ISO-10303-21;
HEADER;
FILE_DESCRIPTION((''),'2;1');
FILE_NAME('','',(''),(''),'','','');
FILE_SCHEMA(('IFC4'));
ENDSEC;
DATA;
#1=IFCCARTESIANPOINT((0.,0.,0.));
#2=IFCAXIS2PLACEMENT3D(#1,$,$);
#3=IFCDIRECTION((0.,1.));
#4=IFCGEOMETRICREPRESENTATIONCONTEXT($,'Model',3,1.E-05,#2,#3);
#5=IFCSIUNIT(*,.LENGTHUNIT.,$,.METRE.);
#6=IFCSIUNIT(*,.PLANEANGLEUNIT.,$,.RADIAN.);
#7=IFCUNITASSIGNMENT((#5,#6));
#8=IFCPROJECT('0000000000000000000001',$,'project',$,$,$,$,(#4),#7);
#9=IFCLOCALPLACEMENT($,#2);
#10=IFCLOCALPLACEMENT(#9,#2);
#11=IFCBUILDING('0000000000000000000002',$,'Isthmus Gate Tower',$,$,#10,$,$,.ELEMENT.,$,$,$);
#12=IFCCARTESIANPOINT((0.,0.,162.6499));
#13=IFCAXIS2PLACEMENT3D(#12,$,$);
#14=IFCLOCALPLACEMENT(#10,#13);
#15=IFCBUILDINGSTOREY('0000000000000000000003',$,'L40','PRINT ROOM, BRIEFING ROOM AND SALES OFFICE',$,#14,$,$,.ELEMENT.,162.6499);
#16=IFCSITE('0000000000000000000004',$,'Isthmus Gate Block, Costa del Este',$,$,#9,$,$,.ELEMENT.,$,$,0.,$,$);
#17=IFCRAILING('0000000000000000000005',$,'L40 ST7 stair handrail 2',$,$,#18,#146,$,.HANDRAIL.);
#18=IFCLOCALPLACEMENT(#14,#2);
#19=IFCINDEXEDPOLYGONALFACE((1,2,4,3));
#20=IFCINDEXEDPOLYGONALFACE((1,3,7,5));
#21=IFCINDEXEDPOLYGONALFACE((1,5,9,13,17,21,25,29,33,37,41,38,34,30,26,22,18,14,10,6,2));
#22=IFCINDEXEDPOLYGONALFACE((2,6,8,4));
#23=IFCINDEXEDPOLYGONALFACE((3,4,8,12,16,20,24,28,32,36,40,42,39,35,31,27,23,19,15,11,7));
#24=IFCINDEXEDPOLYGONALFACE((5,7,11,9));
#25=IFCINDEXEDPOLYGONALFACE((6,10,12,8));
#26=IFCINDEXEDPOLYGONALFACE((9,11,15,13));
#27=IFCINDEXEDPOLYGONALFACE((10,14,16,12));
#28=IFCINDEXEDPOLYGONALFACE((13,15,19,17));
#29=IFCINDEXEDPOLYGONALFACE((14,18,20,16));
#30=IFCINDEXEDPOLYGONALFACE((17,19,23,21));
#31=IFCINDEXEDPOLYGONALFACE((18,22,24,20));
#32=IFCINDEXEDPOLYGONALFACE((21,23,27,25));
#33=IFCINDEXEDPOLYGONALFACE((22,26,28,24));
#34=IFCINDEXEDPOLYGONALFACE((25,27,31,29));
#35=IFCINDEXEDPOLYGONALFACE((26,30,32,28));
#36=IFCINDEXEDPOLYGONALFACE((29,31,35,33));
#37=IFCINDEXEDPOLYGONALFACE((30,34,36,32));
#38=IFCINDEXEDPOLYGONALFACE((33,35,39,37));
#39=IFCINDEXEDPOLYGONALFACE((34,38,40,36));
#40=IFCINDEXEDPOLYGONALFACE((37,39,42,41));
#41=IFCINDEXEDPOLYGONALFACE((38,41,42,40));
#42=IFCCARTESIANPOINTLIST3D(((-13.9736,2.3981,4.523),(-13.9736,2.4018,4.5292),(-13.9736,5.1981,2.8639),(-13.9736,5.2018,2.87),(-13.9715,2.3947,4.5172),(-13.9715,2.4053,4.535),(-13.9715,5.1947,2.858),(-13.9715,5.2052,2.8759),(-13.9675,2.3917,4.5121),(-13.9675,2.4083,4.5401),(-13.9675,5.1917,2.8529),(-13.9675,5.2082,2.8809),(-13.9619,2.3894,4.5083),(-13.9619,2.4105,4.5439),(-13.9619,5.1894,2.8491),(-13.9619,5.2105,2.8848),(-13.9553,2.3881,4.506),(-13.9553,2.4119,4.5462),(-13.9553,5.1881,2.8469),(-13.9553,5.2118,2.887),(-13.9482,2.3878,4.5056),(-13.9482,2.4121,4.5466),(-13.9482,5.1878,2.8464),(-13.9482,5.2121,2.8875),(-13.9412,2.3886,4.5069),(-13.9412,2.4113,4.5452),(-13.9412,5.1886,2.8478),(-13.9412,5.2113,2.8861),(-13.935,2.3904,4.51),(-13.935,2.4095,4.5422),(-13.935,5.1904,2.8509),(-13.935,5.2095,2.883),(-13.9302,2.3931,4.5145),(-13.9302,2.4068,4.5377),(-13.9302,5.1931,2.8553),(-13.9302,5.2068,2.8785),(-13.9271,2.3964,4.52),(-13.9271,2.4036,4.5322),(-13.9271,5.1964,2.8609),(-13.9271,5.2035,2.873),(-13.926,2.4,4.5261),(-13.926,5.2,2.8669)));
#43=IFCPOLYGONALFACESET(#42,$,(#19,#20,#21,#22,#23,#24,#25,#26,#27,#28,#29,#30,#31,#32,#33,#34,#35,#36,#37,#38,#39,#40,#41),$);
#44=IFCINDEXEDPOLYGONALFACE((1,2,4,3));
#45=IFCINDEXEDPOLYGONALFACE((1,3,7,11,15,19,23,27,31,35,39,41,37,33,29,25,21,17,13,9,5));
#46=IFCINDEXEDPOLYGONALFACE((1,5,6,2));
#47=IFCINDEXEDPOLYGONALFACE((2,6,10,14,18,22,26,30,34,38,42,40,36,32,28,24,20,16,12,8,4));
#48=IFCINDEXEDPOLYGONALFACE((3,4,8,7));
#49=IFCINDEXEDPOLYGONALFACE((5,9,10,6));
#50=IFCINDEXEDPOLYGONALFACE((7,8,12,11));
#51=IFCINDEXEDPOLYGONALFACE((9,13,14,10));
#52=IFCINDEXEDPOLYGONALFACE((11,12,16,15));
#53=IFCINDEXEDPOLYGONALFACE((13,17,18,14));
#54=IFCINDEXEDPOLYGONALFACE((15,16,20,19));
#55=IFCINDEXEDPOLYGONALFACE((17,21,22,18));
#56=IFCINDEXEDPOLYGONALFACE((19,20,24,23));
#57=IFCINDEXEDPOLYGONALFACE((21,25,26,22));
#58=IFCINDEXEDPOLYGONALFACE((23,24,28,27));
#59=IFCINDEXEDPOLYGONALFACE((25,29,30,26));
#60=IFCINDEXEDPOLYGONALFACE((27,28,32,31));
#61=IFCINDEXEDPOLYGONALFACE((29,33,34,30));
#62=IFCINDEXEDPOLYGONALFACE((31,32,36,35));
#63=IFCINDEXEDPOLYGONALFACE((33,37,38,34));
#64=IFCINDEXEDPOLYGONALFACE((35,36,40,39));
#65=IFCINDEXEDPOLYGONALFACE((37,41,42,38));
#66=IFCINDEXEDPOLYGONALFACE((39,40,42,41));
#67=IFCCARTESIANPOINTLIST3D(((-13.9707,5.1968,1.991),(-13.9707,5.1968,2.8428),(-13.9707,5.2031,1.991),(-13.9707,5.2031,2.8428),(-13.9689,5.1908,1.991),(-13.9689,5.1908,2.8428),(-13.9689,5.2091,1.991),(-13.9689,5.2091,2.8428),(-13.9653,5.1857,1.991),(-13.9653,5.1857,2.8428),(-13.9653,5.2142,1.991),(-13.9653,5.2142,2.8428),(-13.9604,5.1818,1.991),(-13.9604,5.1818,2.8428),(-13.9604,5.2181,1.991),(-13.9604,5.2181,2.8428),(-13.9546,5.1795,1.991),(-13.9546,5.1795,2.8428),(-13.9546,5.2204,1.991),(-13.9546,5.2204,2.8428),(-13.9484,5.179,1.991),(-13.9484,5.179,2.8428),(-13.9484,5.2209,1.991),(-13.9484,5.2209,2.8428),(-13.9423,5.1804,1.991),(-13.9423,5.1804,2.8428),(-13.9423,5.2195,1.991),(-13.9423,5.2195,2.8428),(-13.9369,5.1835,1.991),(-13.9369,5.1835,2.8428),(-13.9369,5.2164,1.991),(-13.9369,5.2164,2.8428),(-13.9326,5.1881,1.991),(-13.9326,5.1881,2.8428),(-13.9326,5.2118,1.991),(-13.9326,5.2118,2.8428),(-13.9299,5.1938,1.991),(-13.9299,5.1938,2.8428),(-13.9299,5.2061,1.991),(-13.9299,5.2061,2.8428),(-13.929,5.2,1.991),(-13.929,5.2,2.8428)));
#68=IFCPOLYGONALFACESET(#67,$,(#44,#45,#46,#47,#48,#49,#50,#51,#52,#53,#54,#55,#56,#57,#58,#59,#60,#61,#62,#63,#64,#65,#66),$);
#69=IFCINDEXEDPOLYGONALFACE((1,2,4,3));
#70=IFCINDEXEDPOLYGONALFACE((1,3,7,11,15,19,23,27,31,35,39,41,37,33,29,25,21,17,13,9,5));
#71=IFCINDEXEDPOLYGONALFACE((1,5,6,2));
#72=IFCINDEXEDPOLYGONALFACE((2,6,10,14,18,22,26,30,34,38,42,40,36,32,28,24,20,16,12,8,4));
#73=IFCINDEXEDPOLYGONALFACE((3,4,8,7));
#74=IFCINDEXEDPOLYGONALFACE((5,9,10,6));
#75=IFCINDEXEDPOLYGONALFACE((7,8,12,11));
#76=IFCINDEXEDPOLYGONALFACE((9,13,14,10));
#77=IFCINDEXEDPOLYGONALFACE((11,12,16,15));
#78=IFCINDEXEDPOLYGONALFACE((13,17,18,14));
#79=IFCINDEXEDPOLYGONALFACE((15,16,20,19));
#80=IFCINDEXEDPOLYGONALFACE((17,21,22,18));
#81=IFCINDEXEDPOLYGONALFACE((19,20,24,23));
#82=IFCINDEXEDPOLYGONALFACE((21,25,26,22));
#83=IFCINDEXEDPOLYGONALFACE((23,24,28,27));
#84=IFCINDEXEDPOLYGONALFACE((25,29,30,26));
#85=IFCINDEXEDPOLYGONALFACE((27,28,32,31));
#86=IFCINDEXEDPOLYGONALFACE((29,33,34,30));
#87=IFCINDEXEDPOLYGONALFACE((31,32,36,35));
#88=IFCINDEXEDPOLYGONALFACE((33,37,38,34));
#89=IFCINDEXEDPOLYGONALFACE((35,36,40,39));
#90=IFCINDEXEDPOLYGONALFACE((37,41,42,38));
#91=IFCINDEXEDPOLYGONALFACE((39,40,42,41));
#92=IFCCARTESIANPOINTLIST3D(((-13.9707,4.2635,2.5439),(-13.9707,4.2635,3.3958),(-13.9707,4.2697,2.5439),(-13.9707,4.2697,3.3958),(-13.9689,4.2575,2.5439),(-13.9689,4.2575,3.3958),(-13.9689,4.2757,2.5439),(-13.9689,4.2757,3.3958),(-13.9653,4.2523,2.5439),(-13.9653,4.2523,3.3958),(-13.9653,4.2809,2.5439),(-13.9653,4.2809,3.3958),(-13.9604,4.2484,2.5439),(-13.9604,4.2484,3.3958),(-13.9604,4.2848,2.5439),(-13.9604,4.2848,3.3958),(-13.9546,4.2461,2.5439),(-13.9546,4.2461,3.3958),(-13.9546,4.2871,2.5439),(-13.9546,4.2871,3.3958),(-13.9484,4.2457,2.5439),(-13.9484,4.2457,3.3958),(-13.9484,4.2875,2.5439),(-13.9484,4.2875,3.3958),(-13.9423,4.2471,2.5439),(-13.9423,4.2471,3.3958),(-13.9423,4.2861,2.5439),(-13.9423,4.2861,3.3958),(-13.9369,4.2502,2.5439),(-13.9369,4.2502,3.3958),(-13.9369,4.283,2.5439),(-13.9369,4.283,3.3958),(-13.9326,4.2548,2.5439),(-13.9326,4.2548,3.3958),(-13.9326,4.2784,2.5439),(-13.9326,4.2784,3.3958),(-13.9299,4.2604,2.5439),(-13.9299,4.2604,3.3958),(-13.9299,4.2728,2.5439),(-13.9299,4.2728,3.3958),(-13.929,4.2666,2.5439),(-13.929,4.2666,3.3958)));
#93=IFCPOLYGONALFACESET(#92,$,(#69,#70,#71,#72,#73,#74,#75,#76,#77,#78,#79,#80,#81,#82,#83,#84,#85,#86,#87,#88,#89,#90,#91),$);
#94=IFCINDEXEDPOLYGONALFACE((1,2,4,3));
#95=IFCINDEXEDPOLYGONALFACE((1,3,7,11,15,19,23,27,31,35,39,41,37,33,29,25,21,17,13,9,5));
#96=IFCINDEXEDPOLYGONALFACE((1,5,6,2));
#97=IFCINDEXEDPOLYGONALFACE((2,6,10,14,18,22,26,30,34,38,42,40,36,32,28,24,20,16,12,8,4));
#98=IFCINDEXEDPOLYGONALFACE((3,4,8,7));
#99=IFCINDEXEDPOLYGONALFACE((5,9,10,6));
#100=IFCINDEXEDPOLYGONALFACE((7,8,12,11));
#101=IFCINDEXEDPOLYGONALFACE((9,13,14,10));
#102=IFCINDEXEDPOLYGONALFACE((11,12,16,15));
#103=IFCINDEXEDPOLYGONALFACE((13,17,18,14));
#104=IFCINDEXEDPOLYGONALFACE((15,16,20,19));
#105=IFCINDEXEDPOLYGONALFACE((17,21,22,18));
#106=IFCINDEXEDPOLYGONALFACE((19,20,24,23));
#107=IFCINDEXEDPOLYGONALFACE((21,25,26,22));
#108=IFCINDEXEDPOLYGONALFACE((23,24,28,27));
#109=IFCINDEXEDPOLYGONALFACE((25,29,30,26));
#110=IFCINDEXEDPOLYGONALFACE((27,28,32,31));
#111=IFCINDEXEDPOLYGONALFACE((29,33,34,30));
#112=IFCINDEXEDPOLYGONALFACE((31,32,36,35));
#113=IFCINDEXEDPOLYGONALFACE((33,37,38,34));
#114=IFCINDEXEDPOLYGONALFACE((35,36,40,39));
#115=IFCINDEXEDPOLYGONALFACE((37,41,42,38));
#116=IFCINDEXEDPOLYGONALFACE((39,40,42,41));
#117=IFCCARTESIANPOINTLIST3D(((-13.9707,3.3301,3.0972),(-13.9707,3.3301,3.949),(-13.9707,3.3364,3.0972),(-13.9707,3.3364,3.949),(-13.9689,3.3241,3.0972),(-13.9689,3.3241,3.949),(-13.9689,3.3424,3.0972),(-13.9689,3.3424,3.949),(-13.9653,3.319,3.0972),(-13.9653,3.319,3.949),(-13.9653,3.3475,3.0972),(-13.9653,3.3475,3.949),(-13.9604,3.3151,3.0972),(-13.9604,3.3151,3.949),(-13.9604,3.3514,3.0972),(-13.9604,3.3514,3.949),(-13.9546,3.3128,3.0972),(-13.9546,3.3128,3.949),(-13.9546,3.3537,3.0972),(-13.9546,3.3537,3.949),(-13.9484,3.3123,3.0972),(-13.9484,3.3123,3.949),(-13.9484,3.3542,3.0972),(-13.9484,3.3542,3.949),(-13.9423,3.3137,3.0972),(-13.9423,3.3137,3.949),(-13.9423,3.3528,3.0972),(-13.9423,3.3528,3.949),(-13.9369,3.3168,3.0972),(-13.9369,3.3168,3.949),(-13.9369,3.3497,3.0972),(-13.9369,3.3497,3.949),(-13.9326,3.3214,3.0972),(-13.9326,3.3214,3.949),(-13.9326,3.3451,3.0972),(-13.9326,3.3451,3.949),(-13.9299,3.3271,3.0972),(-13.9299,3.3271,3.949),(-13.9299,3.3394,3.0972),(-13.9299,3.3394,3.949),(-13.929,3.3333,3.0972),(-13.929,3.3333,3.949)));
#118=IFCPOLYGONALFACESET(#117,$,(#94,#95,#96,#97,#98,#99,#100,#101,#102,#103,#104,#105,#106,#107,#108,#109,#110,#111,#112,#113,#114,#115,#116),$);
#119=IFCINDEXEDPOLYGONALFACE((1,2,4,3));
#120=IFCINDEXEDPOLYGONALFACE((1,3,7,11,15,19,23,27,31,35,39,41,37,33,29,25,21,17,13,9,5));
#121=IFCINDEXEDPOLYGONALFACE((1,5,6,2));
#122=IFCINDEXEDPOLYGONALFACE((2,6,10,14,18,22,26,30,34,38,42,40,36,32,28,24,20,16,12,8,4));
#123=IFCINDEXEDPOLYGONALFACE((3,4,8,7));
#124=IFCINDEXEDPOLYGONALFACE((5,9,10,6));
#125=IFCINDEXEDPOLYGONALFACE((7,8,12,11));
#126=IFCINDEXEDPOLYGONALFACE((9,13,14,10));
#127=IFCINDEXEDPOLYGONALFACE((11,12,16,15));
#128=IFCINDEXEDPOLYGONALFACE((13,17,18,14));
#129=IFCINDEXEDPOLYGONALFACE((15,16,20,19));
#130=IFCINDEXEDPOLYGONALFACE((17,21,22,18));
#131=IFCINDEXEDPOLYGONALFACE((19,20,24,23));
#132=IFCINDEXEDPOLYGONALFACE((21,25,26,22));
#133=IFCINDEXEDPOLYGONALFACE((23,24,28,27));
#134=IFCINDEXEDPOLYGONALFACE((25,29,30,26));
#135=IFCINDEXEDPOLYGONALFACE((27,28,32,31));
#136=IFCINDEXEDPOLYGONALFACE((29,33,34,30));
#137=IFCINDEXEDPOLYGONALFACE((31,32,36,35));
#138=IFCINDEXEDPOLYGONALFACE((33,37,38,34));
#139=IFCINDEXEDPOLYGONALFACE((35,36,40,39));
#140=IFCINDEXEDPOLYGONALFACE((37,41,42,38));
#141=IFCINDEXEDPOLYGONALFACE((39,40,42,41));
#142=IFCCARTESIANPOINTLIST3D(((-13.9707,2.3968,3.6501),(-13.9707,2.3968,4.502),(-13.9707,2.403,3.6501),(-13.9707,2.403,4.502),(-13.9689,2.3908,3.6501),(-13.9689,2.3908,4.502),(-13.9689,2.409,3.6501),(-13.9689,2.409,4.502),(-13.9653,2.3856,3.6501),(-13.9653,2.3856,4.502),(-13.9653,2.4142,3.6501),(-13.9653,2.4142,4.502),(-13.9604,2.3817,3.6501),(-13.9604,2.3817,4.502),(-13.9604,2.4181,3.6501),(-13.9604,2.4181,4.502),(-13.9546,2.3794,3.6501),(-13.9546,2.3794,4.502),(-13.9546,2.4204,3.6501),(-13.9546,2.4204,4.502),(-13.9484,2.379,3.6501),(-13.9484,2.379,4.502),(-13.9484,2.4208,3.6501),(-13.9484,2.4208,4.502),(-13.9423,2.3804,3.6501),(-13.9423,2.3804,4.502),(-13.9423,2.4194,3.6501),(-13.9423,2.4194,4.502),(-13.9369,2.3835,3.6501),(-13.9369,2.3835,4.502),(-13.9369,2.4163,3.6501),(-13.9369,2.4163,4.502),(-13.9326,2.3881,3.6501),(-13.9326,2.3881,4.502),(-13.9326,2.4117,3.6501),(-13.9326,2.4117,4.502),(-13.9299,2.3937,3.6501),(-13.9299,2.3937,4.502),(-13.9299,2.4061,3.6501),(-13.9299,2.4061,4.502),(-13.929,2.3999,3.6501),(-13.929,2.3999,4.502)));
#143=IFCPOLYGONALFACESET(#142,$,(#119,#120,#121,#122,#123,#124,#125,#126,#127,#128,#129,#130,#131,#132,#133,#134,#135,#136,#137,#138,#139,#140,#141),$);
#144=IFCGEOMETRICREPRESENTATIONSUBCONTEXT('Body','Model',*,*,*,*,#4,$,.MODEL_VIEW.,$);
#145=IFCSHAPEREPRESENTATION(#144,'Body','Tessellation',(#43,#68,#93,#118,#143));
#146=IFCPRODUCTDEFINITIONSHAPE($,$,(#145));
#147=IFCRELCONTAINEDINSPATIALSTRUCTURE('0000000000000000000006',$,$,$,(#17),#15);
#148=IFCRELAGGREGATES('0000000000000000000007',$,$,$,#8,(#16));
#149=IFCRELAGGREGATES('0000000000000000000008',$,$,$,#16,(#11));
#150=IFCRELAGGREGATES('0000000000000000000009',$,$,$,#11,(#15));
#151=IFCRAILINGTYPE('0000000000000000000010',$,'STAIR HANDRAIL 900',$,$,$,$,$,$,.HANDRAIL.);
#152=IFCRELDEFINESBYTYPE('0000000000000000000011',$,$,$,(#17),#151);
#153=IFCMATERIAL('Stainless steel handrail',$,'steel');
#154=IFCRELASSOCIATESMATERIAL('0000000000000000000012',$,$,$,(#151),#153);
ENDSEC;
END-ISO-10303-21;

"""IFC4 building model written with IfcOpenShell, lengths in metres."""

from ifc_helpers import new_model, si_unit, direction, frame, origin, origin_2d, place, context, subcontext, project, spatial, circle, extrude, material, type_object, element, save


model = new_model("IFC4")

# Units and contexts
model_context = context("Model", 3, precision=1e-05, world=origin(), true_north=direction((0.0, 1.0)))
body_context = subcontext(model_context, "Body", "Model", "MODEL_VIEW")
ifc_project = project(units=[si_unit("LENGTHUNIT", "METRE"), si_unit("PLANEANGLEUNIT", "RADIAN")], contexts=[model_context])

# Site, building, storey
site_placement = place(None, origin())
site = spatial("IfcSite", under=ifc_project, at=site_placement, Name="Isthmus Gate Block, Costa del Este", CompositionType="ELEMENT", RefElevation=0.0)
building_placement = place(site_placement, origin())
building = spatial("IfcBuilding", under=site, at=building_placement, Name="Isthmus Gate Tower", CompositionType="ELEMENT")
storey_placement = place(building_placement, frame((0.0, 0.0, 162.6499)))
storey = spatial("IfcBuildingStorey", under=building, at=storey_placement, Name="L40", Description="PRINT ROOM, BRIEFING ROOM AND SALES OFFICE", CompositionType="ELEMENT", Elevation=162.6499)

# Railing
ifc_material_1 = material(Name="Stainless steel handrail", Category="steel")
railing_type_1 = type_object("IfcRailingType", Name="STAIR HANDRAIL 900", PredefinedType="HANDRAIL", material=ifc_material_1)
railing_1_placement = place(storey_placement, frame((-13.95, 5.2, 1.991)))
element("IfcRailing", 1, at=railing_1_placement, inside=storey, type_object=railing_type_1, Name="L40 ST7 stair handrail 2", PredefinedType="HANDRAIL", context=body_context, shape_type="SweptSolid", body=[
    extrude(circle(Radius=0.0239, at=origin_2d()), frame((0.0, 0.0, 0.876), z_axis=(0.0, -0.860306, 0.509778), x_axis=(1.0, 0.0, 0.0)), (0.0, 0.0, 1.0), 3.2546),
    extrude(circle(Radius=0.021, at=origin_2d()), origin(), (0.0, 0.0, 1.0), 0.8518),
    extrude(circle(Radius=0.021, at=origin_2d()), frame((0.0, -0.9333, 0.553)), (0.0, 0.0, 1.0), 0.8518),
    extrude(circle(Radius=0.021, at=origin_2d()), frame((0.0, -1.8667, 1.1062)), (0.0, 0.0, 1.0), 0.8518),
    extrude(circle(Radius=0.021, at=origin_2d()), frame((0.0, -2.8, 1.6592)), (0.0, 0.0, 1.0), 0.8518),
])

save(model, "model.ifc")
